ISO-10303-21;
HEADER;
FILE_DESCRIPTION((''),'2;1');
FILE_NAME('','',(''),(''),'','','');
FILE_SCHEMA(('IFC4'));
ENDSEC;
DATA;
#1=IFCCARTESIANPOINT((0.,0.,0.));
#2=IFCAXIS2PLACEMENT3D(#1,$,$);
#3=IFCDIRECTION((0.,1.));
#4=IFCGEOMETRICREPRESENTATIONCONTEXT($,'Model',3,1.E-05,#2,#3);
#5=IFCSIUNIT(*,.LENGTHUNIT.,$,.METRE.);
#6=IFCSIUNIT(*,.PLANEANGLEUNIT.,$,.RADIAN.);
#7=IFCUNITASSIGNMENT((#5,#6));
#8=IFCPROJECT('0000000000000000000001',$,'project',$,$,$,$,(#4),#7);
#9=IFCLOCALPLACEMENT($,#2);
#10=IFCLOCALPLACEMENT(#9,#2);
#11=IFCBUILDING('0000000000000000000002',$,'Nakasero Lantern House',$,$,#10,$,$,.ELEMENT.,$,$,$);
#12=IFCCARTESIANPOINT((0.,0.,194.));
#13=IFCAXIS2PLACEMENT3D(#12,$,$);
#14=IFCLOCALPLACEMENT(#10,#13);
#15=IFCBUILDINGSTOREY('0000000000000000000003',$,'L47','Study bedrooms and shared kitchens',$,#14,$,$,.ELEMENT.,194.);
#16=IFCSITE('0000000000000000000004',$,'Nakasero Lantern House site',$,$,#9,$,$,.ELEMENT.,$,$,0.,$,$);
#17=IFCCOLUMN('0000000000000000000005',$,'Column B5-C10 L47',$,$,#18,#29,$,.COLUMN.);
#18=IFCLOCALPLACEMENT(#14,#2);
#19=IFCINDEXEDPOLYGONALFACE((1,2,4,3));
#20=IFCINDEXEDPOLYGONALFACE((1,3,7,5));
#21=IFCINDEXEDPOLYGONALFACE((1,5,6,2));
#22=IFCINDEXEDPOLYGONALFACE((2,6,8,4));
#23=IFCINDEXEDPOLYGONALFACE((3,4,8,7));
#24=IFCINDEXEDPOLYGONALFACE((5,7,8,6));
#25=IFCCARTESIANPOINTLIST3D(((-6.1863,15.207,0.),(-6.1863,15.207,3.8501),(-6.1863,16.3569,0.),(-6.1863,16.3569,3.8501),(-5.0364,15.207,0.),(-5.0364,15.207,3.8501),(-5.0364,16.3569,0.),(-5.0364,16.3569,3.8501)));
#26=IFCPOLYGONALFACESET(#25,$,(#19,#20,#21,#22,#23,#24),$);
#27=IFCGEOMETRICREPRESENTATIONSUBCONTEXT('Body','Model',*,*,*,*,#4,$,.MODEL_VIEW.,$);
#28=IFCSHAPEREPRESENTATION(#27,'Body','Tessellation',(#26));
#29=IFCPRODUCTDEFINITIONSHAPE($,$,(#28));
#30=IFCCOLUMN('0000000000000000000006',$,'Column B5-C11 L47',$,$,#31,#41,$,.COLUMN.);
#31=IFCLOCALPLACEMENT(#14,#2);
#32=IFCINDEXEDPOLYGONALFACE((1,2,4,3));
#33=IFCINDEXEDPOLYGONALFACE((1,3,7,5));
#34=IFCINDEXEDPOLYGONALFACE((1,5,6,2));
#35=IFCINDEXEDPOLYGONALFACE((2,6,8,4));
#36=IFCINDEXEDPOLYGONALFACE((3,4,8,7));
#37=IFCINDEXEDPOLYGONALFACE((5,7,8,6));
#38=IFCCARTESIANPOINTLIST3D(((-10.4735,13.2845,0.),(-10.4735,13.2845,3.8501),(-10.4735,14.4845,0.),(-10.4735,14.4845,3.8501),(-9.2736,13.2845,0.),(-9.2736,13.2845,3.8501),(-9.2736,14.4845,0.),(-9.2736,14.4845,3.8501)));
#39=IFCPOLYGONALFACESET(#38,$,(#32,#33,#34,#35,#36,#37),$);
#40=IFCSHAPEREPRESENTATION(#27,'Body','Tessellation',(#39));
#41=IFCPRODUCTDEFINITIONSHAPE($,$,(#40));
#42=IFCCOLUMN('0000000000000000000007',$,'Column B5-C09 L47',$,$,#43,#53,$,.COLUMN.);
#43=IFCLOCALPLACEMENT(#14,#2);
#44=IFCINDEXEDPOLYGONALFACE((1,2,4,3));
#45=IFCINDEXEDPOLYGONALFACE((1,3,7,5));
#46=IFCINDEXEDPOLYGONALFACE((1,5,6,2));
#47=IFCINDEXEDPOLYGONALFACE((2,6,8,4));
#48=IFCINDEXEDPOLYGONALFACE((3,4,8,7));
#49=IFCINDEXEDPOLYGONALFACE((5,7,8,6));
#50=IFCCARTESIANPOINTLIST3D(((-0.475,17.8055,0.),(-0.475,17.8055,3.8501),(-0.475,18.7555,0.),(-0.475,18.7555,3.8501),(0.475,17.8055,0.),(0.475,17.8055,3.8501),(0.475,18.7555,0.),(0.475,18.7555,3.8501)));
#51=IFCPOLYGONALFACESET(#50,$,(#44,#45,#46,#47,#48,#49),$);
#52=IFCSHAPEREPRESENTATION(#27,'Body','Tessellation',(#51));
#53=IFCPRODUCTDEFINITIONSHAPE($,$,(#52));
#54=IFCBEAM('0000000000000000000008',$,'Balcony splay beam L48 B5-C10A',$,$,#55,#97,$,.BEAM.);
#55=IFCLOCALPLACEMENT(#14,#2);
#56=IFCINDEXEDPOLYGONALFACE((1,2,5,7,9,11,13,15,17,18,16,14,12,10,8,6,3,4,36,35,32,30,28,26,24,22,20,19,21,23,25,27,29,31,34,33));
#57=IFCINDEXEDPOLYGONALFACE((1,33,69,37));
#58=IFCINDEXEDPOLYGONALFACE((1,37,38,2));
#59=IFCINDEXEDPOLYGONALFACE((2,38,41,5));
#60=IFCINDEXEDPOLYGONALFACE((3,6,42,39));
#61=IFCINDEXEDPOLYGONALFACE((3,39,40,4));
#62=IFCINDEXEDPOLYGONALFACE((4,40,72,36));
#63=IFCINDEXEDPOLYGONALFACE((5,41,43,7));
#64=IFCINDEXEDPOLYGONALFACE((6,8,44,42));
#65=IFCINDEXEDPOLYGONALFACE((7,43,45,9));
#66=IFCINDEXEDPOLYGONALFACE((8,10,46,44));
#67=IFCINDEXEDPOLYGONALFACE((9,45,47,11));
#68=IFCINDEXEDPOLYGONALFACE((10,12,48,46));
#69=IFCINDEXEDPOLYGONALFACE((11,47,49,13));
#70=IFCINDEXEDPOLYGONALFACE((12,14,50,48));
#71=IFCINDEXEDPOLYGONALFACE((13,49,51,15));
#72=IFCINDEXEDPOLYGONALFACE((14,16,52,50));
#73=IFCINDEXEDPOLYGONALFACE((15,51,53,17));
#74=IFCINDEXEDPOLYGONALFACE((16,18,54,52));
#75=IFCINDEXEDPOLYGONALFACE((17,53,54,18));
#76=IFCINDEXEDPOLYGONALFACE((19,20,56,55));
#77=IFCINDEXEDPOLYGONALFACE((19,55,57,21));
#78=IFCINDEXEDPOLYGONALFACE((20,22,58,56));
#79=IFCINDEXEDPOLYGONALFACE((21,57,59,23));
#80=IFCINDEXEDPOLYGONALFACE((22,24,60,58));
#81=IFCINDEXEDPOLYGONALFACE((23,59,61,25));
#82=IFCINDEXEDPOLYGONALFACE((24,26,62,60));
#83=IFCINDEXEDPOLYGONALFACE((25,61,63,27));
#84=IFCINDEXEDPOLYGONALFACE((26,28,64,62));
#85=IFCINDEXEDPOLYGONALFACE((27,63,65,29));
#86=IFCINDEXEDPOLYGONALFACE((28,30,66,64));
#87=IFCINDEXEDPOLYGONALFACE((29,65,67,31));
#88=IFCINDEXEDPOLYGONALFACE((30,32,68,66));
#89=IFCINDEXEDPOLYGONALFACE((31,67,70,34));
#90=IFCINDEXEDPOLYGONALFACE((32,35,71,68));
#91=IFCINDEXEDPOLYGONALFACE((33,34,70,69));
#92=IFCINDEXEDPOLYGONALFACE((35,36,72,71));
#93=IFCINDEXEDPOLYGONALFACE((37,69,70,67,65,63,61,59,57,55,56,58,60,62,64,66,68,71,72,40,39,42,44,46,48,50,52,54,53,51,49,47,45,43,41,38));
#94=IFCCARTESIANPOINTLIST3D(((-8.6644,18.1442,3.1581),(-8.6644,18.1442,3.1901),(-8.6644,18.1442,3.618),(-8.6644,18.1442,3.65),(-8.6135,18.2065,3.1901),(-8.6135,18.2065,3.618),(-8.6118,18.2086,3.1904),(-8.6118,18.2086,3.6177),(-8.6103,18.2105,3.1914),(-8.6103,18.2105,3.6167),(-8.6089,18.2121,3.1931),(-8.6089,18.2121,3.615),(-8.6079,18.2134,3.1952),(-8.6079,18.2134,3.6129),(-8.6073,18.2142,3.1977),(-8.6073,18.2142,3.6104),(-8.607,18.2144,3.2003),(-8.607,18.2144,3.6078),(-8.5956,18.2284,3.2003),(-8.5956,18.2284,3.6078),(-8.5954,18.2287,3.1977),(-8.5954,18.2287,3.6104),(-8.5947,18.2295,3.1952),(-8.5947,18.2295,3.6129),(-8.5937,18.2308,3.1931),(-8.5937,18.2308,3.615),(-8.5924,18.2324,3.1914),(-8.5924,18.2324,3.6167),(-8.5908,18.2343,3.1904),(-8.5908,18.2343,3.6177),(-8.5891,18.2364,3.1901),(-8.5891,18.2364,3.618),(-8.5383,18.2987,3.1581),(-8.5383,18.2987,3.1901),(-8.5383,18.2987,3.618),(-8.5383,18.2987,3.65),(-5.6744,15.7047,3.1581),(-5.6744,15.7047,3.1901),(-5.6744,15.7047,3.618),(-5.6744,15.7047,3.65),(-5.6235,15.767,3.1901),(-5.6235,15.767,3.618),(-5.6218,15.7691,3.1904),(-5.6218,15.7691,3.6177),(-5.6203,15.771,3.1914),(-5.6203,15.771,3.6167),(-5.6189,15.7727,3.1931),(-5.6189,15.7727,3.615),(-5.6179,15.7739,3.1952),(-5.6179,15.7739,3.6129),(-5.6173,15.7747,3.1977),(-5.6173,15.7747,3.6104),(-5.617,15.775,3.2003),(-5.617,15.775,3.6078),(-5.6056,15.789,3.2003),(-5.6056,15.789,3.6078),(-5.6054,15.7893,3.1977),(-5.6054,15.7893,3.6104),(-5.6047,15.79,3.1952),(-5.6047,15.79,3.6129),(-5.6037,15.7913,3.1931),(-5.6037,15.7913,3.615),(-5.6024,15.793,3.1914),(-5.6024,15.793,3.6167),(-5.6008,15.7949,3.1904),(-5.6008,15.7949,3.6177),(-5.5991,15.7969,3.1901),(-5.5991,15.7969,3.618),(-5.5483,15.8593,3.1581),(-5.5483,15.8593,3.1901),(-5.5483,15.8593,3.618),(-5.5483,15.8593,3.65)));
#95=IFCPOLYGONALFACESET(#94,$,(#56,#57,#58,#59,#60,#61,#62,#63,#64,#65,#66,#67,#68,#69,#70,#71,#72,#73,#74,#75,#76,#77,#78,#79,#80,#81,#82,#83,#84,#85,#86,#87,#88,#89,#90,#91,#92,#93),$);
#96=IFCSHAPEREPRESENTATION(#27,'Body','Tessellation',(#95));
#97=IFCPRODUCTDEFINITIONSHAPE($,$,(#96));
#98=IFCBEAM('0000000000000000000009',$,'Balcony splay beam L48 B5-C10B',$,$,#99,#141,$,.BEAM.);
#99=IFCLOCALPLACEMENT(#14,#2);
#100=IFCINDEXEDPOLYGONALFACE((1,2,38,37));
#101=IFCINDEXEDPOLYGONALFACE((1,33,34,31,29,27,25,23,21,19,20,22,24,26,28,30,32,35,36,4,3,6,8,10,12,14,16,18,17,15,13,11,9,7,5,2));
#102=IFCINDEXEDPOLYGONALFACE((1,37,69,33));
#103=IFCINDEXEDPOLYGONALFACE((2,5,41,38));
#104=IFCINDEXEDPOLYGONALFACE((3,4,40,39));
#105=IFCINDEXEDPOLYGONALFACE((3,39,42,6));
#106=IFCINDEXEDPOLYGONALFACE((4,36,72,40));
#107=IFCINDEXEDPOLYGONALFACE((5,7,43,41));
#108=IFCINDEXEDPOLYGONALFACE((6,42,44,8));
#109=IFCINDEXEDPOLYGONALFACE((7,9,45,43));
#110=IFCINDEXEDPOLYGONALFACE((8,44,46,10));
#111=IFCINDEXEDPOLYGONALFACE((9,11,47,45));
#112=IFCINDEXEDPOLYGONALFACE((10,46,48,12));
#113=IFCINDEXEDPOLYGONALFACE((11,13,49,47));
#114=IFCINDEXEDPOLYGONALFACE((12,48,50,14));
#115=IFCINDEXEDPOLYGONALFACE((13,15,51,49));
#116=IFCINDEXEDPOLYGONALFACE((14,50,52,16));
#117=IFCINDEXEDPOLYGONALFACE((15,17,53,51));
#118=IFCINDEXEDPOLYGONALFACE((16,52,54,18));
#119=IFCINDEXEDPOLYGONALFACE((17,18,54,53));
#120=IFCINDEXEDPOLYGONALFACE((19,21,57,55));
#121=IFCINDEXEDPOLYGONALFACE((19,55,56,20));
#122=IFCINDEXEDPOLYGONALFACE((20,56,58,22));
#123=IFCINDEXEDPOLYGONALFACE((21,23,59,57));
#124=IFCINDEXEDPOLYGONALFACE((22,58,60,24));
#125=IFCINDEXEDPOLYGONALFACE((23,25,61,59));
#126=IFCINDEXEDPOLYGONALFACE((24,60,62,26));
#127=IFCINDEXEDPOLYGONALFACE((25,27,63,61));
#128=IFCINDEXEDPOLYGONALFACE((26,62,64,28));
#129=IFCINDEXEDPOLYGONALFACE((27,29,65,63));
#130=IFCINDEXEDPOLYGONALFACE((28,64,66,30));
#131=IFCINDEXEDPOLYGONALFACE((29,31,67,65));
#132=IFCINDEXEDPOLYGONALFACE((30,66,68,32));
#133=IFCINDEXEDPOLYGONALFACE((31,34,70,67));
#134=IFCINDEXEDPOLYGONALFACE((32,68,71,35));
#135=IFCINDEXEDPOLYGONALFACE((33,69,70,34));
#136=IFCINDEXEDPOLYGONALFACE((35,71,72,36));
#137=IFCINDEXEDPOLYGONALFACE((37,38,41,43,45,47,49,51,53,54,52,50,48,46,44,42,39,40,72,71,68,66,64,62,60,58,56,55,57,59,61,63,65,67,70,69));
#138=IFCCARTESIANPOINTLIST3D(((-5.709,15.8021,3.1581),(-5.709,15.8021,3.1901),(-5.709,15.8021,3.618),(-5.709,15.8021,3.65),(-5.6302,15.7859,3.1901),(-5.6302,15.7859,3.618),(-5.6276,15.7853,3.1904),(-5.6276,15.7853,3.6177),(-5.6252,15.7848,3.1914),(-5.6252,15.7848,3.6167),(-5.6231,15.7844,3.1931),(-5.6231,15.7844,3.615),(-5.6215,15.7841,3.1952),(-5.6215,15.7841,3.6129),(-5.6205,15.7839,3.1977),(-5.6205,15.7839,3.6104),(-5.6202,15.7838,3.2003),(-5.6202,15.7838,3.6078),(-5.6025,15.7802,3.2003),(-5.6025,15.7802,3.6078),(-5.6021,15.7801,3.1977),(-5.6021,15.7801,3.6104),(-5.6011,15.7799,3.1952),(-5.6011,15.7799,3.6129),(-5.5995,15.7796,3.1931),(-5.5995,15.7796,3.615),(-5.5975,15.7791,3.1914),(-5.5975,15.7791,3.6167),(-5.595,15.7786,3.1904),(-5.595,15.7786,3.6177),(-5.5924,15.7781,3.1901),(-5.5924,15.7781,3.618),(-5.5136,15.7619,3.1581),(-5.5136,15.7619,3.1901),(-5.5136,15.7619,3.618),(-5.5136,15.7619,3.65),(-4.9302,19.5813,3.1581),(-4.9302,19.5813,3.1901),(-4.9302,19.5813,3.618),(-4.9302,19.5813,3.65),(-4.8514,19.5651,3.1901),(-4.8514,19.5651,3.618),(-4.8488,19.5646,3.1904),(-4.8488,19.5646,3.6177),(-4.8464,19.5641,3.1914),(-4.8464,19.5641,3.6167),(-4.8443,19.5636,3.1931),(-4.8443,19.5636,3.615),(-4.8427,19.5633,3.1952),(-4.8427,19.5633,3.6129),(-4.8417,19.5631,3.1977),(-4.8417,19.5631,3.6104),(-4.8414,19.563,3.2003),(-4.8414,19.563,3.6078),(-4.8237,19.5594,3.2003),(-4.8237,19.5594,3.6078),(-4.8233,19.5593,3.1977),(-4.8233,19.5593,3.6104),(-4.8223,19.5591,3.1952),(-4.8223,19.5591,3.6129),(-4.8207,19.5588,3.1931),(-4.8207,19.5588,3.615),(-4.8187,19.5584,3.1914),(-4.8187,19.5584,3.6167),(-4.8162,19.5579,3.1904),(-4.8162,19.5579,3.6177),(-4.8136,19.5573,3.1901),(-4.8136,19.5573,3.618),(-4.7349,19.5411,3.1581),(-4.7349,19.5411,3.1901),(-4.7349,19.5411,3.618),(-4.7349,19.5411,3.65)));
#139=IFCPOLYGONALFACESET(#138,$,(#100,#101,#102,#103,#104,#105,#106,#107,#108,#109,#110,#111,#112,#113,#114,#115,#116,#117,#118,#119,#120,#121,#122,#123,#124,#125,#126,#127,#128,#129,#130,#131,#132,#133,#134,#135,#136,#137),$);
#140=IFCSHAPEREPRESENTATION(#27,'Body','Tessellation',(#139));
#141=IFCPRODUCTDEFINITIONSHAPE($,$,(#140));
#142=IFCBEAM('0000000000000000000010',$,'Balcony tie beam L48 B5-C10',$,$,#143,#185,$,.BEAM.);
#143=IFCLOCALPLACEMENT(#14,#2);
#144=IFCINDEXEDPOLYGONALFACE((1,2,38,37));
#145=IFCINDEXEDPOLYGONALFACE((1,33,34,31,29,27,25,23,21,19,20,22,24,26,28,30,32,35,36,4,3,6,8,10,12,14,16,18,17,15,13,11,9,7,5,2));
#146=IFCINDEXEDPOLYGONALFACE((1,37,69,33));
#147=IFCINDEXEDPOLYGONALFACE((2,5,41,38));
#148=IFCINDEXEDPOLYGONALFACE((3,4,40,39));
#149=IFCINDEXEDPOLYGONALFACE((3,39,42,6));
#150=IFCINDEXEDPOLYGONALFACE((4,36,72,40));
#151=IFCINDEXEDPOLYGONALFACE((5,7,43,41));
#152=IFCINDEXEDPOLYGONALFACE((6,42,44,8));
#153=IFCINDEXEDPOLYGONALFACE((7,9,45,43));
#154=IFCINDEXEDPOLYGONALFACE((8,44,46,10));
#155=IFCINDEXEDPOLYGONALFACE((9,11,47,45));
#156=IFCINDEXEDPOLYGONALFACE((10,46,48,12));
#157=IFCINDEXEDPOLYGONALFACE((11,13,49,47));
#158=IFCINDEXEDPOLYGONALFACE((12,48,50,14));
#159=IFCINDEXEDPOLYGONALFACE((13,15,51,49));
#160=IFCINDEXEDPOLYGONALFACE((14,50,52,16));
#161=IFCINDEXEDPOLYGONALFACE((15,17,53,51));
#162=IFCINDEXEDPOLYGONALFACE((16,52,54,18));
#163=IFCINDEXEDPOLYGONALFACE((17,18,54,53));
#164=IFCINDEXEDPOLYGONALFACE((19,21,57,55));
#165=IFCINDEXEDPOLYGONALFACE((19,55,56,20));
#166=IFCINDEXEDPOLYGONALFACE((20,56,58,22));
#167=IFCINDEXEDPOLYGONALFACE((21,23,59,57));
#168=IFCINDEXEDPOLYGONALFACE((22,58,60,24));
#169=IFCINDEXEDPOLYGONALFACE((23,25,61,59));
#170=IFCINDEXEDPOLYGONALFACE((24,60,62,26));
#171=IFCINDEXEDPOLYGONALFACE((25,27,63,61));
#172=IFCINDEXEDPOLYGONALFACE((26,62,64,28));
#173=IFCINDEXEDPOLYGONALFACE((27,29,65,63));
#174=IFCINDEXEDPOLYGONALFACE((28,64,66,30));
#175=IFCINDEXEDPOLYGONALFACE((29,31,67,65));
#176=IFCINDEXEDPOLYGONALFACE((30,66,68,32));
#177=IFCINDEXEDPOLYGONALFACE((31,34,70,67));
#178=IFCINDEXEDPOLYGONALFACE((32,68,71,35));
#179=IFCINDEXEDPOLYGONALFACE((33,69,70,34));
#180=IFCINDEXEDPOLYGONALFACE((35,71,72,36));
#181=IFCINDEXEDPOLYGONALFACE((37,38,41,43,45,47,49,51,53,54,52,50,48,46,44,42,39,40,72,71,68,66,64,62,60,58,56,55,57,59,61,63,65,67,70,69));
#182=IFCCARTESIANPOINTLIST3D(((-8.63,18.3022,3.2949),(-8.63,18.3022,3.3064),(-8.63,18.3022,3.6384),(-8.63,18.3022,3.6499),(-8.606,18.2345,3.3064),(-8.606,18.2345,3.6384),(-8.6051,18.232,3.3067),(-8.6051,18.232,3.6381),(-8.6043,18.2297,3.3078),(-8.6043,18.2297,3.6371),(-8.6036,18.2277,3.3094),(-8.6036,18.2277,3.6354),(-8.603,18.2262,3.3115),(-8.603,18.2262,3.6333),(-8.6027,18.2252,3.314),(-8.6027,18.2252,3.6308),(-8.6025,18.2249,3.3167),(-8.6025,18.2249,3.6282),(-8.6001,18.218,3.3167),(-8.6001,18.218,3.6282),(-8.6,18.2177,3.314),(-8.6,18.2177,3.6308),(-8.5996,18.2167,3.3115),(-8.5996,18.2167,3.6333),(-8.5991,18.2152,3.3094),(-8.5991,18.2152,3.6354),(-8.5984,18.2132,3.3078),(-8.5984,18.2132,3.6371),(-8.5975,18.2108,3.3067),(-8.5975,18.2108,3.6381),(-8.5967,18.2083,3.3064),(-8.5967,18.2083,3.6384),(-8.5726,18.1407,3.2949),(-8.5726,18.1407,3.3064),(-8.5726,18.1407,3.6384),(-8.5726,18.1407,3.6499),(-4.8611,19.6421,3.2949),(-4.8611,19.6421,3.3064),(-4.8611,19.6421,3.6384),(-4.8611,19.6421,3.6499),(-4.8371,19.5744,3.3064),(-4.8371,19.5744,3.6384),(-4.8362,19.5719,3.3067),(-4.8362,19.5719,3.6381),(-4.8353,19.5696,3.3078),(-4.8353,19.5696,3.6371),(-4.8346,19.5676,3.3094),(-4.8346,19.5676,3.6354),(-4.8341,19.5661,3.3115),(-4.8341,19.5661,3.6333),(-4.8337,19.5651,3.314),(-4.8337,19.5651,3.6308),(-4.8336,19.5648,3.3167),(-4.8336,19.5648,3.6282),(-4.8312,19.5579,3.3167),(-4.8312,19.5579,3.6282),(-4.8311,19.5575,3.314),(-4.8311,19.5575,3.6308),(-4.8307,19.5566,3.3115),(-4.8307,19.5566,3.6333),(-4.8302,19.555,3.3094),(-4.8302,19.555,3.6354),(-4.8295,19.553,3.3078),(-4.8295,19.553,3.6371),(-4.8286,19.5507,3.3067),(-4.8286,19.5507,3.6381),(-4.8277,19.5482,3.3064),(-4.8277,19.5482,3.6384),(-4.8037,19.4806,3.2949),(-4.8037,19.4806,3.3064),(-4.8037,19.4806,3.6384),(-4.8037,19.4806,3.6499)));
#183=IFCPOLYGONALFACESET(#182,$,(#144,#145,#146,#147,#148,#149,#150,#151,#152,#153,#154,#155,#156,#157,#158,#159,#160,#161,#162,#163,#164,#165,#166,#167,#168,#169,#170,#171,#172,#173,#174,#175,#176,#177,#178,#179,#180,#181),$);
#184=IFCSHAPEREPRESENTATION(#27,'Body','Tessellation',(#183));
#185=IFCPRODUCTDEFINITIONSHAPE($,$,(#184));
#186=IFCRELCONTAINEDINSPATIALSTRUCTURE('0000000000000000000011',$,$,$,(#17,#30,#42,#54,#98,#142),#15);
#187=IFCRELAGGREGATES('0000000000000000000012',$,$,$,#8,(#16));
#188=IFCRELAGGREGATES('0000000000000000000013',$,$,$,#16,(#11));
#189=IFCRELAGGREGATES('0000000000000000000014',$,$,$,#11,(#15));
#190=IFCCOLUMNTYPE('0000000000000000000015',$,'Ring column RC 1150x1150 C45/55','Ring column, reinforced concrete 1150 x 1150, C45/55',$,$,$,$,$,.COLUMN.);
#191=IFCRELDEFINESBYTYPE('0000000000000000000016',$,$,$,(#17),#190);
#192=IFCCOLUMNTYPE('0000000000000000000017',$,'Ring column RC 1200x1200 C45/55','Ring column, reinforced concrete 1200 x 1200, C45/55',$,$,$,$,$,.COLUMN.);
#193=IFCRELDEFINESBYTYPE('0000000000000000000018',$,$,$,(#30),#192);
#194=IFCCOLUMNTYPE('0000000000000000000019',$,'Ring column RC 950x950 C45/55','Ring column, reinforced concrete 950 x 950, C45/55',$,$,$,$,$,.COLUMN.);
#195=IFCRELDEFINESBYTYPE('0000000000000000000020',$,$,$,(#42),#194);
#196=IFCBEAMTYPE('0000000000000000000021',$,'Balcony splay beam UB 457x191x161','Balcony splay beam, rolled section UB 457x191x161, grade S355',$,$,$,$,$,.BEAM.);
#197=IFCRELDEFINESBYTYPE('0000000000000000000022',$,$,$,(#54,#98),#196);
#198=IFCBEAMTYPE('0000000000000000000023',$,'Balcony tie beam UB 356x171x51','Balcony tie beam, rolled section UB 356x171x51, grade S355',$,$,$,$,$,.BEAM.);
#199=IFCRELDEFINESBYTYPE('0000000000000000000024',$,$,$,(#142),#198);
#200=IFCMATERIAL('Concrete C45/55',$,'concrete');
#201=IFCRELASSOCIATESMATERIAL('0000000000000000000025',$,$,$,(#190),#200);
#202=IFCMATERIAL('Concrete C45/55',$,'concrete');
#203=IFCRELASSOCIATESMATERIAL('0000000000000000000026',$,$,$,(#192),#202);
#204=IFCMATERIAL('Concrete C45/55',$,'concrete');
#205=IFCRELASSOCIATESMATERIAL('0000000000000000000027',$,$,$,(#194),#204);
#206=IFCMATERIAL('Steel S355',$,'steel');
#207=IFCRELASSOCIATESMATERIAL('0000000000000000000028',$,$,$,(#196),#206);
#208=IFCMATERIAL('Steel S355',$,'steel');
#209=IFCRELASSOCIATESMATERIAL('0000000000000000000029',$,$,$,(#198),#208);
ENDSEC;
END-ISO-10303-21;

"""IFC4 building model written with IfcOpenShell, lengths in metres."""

from ifc_helpers import new_model, si_unit, direction, frame, origin, origin_2d, place, context, subcontext, project, spatial, rectangle, i_section, extrude, material, material_profile, profile_set, type_object, element, save


model = new_model("IFC4")

# Units and contexts
model_context = context("Model", 3, precision=1e-05, world=origin(), true_north=direction((0.0, 1.0)))
body_context = subcontext(model_context, "Body", "Model", "MODEL_VIEW")
ifc_project = project(units=[si_unit("LENGTHUNIT", "METRE"), si_unit("PLANEANGLEUNIT", "RADIAN")], contexts=[model_context])

# Site, building, storey
site_placement = place(None, origin())
site = spatial("IfcSite", under=ifc_project, at=site_placement, Name="Nakasero Lantern House site", CompositionType="ELEMENT", RefElevation=0.0)
building_placement = place(site_placement, origin())
building = spatial("IfcBuilding", under=site, at=building_placement, Name="Nakasero Lantern House", CompositionType="ELEMENT")
storey_placement = place(building_placement, frame((0.0, 0.0, 194.0)))
storey = spatial("IfcBuildingStorey", under=building, at=storey_placement, Name="L47", Description="Study bedrooms and shared kitchens", CompositionType="ELEMENT", Elevation=194.0)

# Columns
ifc_material_1 = material(Name="Concrete C45/55", Category="concrete")
ifc_material_profile_1 = material_profile(ifc_material_1, rectangle(XDim=1.1499, YDim=1.1499, at=origin_2d()), Name="RC 1150x1150")
ifc_profile_set_1 = profile_set([ifc_material_profile_1], Name="Concrete C45/55")
column_type_1 = type_object("IfcColumnType", Name="Ring column RC 1150x1150 C45/55", Description="Ring column, reinforced concrete 1150 x 1150, C45/55", PredefinedType="COLUMN", material=ifc_profile_set_1)
column_1_placement = place(storey_placement, frame((-5.6113, 15.782, 0.0), z_axis=(0.0, 0.0, 1.0), x_axis=(1.0, 0.0, 0.0)))
element("IfcColumn", 1, at=column_1_placement, inside=storey, type_object=column_type_1, Name="Column B5-C10 L47", PredefinedType="COLUMN", context=body_context, shape_type="SweptSolid", body=[
    extrude(rectangle(XDim=1.1499, YDim=1.1499, at=origin_2d()), origin(), (0.0, 0.0, 1.0), 3.8501),
])
ifc_material_2 = material(Name="Concrete C45/55", Category="concrete")
ifc_material_profile_2 = material_profile(ifc_material_2, rectangle(XDim=1.2, YDim=1.2, at=origin_2d()), Name="RC 1200x1200")
ifc_profile_set_2 = profile_set([ifc_material_profile_2], Name="Concrete C45/55")
column_type_2 = type_object("IfcColumnType", Name="Ring column RC 1200x1200 C45/55", Description="Ring column, reinforced concrete 1200 x 1200, C45/55", PredefinedType="COLUMN", material=ifc_profile_set_2)
column_2_placement = place(storey_placement, frame((-9.8735, 13.8845, 0.0), z_axis=(0.0, 0.0, 1.0), x_axis=(1.0, 0.0, 0.0)))
element("IfcColumn", 2, at=column_2_placement, inside=storey, type_object=column_type_2, Name="Column B5-C11 L47", PredefinedType="COLUMN", context=body_context, shape_type="SweptSolid", body=[
    extrude(rectangle(XDim=1.2, YDim=1.2, at=origin_2d()), origin(), (0.0, 0.0, 1.0), 3.8501),
])
ifc_material_3 = material(Name="Concrete C45/55", Category="concrete")
ifc_material_profile_3 = material_profile(ifc_material_3, rectangle(XDim=0.95, YDim=0.95, at=origin_2d()), Name="RC 950x950")
ifc_profile_set_3 = profile_set([ifc_material_profile_3], Name="Concrete C45/55")
column_type_3 = type_object("IfcColumnType", Name="Ring column RC 950x950 C45/55", Description="Ring column, reinforced concrete 950 x 950, C45/55", PredefinedType="COLUMN", material=ifc_profile_set_3)
column_3_placement = place(storey_placement, frame((0.0, 18.2805, 0.0), z_axis=(0.0, 0.0, 1.0), x_axis=(1.0, 0.0, 0.0)))
element("IfcColumn", 3, at=column_3_placement, inside=storey, type_object=column_type_3, Name="Column B5-C09 L47", PredefinedType="COLUMN", context=body_context, shape_type="SweptSolid", body=[
    extrude(rectangle(XDim=0.95, YDim=0.95, at=origin_2d()), origin(), (0.0, 0.0, 1.0), 3.8501),
])

# Beams
ifc_material_4 = material(Name="Steel S355", Category="steel")
ifc_material_profile_4 = material_profile(ifc_material_4, i_section(OverallWidth=0.1995, OverallDepth=0.4919, WebThickness=0.0181, FlangeThickness=0.032, FilletRadius=0.0103, at=origin_2d()), Name="UB 457x191x161")
ifc_profile_set_4 = profile_set([ifc_material_profile_4], Name="Steel S355")
beam_type_1 = type_object("IfcBeamType", Name="Balcony splay beam UB 457x191x161", Description="Balcony splay beam, rolled section UB 457x191x161, grade S355", PredefinedType="BEAM", material=ifc_profile_set_4)
beam_1_placement = place(storey_placement, frame((-5.6113, 15.782, 3.4041), z_axis=(-0.774833, 0.632166, 0.0), x_axis=(-0.632166, -0.774833, 0.0)))
element("IfcBeam", 4, at=beam_1_placement, inside=storey, type_object=beam_type_1, Name="Balcony splay beam L48 B5-C10A", PredefinedType="BEAM", context=body_context, shape_type="SweptSolid", body=[
    extrude(i_section(OverallWidth=0.1995, OverallDepth=0.4919, WebThickness=0.0181, FlangeThickness=0.032, FilletRadius=0.0103, at=origin_2d()), origin(), (0.0, 0.0, 1.0), 3.8589),
])
beam_2_placement = place(storey_placement, frame((-5.6113, 15.782, 3.4041), z_axis=(0.201831, 0.97942, 0.0), x_axis=(-0.97942, 0.201831, 0.0)))
element("IfcBeam", 5, at=beam_2_placement, inside=storey, type_object=beam_type_1, Name="Balcony splay beam L48 B5-C10B", PredefinedType="BEAM", context=body_context, shape_type="SweptSolid", body=[
    extrude(i_section(OverallWidth=0.1995, OverallDepth=0.4919, WebThickness=0.0181, FlangeThickness=0.032, FilletRadius=0.0103, at=origin_2d()), origin(), (0.0, 0.0, 1.0), 3.8586),
])
ifc_material_5 = material(Name="Steel S355", Category="steel")
ifc_material_profile_5 = material_profile(ifc_material_5, i_section(OverallWidth=0.1714, OverallDepth=0.355, WebThickness=0.0073, FlangeThickness=0.0115, FilletRadius=0.0103, at=origin_2d()), Name="UB 356x171x51")
ifc_profile_set_5 = profile_set([ifc_material_profile_5], Name="Steel S355")
beam_type_2 = type_object("IfcBeamType", Name="Balcony tie beam UB 356x171x51", Description="Balcony tie beam, rolled section UB 356x171x51, grade S355", PredefinedType="BEAM", material=ifc_profile_set_5)
beam_3_placement = place(storey_placement, frame((-8.6013, 18.2214, 3.4724), z_axis=(0.942228, 0.334971, 0.0), x_axis=(-0.334971, 0.942228, 0.0)))
element("IfcBeam", 6, at=beam_3_placement, inside=storey, type_object=beam_type_2, Name="Balcony tie beam L48 B5-C10", PredefinedType="BEAM", context=body_context, shape_type="SweptSolid", body=[
    extrude(i_section(OverallWidth=0.1714, OverallDepth=0.355, WebThickness=0.0073, FlangeThickness=0.0115, FilletRadius=0.0103, at=origin_2d()), origin(), (0.0, 0.0, 1.0), 4.0),
])

save(model, "model.ifc")
